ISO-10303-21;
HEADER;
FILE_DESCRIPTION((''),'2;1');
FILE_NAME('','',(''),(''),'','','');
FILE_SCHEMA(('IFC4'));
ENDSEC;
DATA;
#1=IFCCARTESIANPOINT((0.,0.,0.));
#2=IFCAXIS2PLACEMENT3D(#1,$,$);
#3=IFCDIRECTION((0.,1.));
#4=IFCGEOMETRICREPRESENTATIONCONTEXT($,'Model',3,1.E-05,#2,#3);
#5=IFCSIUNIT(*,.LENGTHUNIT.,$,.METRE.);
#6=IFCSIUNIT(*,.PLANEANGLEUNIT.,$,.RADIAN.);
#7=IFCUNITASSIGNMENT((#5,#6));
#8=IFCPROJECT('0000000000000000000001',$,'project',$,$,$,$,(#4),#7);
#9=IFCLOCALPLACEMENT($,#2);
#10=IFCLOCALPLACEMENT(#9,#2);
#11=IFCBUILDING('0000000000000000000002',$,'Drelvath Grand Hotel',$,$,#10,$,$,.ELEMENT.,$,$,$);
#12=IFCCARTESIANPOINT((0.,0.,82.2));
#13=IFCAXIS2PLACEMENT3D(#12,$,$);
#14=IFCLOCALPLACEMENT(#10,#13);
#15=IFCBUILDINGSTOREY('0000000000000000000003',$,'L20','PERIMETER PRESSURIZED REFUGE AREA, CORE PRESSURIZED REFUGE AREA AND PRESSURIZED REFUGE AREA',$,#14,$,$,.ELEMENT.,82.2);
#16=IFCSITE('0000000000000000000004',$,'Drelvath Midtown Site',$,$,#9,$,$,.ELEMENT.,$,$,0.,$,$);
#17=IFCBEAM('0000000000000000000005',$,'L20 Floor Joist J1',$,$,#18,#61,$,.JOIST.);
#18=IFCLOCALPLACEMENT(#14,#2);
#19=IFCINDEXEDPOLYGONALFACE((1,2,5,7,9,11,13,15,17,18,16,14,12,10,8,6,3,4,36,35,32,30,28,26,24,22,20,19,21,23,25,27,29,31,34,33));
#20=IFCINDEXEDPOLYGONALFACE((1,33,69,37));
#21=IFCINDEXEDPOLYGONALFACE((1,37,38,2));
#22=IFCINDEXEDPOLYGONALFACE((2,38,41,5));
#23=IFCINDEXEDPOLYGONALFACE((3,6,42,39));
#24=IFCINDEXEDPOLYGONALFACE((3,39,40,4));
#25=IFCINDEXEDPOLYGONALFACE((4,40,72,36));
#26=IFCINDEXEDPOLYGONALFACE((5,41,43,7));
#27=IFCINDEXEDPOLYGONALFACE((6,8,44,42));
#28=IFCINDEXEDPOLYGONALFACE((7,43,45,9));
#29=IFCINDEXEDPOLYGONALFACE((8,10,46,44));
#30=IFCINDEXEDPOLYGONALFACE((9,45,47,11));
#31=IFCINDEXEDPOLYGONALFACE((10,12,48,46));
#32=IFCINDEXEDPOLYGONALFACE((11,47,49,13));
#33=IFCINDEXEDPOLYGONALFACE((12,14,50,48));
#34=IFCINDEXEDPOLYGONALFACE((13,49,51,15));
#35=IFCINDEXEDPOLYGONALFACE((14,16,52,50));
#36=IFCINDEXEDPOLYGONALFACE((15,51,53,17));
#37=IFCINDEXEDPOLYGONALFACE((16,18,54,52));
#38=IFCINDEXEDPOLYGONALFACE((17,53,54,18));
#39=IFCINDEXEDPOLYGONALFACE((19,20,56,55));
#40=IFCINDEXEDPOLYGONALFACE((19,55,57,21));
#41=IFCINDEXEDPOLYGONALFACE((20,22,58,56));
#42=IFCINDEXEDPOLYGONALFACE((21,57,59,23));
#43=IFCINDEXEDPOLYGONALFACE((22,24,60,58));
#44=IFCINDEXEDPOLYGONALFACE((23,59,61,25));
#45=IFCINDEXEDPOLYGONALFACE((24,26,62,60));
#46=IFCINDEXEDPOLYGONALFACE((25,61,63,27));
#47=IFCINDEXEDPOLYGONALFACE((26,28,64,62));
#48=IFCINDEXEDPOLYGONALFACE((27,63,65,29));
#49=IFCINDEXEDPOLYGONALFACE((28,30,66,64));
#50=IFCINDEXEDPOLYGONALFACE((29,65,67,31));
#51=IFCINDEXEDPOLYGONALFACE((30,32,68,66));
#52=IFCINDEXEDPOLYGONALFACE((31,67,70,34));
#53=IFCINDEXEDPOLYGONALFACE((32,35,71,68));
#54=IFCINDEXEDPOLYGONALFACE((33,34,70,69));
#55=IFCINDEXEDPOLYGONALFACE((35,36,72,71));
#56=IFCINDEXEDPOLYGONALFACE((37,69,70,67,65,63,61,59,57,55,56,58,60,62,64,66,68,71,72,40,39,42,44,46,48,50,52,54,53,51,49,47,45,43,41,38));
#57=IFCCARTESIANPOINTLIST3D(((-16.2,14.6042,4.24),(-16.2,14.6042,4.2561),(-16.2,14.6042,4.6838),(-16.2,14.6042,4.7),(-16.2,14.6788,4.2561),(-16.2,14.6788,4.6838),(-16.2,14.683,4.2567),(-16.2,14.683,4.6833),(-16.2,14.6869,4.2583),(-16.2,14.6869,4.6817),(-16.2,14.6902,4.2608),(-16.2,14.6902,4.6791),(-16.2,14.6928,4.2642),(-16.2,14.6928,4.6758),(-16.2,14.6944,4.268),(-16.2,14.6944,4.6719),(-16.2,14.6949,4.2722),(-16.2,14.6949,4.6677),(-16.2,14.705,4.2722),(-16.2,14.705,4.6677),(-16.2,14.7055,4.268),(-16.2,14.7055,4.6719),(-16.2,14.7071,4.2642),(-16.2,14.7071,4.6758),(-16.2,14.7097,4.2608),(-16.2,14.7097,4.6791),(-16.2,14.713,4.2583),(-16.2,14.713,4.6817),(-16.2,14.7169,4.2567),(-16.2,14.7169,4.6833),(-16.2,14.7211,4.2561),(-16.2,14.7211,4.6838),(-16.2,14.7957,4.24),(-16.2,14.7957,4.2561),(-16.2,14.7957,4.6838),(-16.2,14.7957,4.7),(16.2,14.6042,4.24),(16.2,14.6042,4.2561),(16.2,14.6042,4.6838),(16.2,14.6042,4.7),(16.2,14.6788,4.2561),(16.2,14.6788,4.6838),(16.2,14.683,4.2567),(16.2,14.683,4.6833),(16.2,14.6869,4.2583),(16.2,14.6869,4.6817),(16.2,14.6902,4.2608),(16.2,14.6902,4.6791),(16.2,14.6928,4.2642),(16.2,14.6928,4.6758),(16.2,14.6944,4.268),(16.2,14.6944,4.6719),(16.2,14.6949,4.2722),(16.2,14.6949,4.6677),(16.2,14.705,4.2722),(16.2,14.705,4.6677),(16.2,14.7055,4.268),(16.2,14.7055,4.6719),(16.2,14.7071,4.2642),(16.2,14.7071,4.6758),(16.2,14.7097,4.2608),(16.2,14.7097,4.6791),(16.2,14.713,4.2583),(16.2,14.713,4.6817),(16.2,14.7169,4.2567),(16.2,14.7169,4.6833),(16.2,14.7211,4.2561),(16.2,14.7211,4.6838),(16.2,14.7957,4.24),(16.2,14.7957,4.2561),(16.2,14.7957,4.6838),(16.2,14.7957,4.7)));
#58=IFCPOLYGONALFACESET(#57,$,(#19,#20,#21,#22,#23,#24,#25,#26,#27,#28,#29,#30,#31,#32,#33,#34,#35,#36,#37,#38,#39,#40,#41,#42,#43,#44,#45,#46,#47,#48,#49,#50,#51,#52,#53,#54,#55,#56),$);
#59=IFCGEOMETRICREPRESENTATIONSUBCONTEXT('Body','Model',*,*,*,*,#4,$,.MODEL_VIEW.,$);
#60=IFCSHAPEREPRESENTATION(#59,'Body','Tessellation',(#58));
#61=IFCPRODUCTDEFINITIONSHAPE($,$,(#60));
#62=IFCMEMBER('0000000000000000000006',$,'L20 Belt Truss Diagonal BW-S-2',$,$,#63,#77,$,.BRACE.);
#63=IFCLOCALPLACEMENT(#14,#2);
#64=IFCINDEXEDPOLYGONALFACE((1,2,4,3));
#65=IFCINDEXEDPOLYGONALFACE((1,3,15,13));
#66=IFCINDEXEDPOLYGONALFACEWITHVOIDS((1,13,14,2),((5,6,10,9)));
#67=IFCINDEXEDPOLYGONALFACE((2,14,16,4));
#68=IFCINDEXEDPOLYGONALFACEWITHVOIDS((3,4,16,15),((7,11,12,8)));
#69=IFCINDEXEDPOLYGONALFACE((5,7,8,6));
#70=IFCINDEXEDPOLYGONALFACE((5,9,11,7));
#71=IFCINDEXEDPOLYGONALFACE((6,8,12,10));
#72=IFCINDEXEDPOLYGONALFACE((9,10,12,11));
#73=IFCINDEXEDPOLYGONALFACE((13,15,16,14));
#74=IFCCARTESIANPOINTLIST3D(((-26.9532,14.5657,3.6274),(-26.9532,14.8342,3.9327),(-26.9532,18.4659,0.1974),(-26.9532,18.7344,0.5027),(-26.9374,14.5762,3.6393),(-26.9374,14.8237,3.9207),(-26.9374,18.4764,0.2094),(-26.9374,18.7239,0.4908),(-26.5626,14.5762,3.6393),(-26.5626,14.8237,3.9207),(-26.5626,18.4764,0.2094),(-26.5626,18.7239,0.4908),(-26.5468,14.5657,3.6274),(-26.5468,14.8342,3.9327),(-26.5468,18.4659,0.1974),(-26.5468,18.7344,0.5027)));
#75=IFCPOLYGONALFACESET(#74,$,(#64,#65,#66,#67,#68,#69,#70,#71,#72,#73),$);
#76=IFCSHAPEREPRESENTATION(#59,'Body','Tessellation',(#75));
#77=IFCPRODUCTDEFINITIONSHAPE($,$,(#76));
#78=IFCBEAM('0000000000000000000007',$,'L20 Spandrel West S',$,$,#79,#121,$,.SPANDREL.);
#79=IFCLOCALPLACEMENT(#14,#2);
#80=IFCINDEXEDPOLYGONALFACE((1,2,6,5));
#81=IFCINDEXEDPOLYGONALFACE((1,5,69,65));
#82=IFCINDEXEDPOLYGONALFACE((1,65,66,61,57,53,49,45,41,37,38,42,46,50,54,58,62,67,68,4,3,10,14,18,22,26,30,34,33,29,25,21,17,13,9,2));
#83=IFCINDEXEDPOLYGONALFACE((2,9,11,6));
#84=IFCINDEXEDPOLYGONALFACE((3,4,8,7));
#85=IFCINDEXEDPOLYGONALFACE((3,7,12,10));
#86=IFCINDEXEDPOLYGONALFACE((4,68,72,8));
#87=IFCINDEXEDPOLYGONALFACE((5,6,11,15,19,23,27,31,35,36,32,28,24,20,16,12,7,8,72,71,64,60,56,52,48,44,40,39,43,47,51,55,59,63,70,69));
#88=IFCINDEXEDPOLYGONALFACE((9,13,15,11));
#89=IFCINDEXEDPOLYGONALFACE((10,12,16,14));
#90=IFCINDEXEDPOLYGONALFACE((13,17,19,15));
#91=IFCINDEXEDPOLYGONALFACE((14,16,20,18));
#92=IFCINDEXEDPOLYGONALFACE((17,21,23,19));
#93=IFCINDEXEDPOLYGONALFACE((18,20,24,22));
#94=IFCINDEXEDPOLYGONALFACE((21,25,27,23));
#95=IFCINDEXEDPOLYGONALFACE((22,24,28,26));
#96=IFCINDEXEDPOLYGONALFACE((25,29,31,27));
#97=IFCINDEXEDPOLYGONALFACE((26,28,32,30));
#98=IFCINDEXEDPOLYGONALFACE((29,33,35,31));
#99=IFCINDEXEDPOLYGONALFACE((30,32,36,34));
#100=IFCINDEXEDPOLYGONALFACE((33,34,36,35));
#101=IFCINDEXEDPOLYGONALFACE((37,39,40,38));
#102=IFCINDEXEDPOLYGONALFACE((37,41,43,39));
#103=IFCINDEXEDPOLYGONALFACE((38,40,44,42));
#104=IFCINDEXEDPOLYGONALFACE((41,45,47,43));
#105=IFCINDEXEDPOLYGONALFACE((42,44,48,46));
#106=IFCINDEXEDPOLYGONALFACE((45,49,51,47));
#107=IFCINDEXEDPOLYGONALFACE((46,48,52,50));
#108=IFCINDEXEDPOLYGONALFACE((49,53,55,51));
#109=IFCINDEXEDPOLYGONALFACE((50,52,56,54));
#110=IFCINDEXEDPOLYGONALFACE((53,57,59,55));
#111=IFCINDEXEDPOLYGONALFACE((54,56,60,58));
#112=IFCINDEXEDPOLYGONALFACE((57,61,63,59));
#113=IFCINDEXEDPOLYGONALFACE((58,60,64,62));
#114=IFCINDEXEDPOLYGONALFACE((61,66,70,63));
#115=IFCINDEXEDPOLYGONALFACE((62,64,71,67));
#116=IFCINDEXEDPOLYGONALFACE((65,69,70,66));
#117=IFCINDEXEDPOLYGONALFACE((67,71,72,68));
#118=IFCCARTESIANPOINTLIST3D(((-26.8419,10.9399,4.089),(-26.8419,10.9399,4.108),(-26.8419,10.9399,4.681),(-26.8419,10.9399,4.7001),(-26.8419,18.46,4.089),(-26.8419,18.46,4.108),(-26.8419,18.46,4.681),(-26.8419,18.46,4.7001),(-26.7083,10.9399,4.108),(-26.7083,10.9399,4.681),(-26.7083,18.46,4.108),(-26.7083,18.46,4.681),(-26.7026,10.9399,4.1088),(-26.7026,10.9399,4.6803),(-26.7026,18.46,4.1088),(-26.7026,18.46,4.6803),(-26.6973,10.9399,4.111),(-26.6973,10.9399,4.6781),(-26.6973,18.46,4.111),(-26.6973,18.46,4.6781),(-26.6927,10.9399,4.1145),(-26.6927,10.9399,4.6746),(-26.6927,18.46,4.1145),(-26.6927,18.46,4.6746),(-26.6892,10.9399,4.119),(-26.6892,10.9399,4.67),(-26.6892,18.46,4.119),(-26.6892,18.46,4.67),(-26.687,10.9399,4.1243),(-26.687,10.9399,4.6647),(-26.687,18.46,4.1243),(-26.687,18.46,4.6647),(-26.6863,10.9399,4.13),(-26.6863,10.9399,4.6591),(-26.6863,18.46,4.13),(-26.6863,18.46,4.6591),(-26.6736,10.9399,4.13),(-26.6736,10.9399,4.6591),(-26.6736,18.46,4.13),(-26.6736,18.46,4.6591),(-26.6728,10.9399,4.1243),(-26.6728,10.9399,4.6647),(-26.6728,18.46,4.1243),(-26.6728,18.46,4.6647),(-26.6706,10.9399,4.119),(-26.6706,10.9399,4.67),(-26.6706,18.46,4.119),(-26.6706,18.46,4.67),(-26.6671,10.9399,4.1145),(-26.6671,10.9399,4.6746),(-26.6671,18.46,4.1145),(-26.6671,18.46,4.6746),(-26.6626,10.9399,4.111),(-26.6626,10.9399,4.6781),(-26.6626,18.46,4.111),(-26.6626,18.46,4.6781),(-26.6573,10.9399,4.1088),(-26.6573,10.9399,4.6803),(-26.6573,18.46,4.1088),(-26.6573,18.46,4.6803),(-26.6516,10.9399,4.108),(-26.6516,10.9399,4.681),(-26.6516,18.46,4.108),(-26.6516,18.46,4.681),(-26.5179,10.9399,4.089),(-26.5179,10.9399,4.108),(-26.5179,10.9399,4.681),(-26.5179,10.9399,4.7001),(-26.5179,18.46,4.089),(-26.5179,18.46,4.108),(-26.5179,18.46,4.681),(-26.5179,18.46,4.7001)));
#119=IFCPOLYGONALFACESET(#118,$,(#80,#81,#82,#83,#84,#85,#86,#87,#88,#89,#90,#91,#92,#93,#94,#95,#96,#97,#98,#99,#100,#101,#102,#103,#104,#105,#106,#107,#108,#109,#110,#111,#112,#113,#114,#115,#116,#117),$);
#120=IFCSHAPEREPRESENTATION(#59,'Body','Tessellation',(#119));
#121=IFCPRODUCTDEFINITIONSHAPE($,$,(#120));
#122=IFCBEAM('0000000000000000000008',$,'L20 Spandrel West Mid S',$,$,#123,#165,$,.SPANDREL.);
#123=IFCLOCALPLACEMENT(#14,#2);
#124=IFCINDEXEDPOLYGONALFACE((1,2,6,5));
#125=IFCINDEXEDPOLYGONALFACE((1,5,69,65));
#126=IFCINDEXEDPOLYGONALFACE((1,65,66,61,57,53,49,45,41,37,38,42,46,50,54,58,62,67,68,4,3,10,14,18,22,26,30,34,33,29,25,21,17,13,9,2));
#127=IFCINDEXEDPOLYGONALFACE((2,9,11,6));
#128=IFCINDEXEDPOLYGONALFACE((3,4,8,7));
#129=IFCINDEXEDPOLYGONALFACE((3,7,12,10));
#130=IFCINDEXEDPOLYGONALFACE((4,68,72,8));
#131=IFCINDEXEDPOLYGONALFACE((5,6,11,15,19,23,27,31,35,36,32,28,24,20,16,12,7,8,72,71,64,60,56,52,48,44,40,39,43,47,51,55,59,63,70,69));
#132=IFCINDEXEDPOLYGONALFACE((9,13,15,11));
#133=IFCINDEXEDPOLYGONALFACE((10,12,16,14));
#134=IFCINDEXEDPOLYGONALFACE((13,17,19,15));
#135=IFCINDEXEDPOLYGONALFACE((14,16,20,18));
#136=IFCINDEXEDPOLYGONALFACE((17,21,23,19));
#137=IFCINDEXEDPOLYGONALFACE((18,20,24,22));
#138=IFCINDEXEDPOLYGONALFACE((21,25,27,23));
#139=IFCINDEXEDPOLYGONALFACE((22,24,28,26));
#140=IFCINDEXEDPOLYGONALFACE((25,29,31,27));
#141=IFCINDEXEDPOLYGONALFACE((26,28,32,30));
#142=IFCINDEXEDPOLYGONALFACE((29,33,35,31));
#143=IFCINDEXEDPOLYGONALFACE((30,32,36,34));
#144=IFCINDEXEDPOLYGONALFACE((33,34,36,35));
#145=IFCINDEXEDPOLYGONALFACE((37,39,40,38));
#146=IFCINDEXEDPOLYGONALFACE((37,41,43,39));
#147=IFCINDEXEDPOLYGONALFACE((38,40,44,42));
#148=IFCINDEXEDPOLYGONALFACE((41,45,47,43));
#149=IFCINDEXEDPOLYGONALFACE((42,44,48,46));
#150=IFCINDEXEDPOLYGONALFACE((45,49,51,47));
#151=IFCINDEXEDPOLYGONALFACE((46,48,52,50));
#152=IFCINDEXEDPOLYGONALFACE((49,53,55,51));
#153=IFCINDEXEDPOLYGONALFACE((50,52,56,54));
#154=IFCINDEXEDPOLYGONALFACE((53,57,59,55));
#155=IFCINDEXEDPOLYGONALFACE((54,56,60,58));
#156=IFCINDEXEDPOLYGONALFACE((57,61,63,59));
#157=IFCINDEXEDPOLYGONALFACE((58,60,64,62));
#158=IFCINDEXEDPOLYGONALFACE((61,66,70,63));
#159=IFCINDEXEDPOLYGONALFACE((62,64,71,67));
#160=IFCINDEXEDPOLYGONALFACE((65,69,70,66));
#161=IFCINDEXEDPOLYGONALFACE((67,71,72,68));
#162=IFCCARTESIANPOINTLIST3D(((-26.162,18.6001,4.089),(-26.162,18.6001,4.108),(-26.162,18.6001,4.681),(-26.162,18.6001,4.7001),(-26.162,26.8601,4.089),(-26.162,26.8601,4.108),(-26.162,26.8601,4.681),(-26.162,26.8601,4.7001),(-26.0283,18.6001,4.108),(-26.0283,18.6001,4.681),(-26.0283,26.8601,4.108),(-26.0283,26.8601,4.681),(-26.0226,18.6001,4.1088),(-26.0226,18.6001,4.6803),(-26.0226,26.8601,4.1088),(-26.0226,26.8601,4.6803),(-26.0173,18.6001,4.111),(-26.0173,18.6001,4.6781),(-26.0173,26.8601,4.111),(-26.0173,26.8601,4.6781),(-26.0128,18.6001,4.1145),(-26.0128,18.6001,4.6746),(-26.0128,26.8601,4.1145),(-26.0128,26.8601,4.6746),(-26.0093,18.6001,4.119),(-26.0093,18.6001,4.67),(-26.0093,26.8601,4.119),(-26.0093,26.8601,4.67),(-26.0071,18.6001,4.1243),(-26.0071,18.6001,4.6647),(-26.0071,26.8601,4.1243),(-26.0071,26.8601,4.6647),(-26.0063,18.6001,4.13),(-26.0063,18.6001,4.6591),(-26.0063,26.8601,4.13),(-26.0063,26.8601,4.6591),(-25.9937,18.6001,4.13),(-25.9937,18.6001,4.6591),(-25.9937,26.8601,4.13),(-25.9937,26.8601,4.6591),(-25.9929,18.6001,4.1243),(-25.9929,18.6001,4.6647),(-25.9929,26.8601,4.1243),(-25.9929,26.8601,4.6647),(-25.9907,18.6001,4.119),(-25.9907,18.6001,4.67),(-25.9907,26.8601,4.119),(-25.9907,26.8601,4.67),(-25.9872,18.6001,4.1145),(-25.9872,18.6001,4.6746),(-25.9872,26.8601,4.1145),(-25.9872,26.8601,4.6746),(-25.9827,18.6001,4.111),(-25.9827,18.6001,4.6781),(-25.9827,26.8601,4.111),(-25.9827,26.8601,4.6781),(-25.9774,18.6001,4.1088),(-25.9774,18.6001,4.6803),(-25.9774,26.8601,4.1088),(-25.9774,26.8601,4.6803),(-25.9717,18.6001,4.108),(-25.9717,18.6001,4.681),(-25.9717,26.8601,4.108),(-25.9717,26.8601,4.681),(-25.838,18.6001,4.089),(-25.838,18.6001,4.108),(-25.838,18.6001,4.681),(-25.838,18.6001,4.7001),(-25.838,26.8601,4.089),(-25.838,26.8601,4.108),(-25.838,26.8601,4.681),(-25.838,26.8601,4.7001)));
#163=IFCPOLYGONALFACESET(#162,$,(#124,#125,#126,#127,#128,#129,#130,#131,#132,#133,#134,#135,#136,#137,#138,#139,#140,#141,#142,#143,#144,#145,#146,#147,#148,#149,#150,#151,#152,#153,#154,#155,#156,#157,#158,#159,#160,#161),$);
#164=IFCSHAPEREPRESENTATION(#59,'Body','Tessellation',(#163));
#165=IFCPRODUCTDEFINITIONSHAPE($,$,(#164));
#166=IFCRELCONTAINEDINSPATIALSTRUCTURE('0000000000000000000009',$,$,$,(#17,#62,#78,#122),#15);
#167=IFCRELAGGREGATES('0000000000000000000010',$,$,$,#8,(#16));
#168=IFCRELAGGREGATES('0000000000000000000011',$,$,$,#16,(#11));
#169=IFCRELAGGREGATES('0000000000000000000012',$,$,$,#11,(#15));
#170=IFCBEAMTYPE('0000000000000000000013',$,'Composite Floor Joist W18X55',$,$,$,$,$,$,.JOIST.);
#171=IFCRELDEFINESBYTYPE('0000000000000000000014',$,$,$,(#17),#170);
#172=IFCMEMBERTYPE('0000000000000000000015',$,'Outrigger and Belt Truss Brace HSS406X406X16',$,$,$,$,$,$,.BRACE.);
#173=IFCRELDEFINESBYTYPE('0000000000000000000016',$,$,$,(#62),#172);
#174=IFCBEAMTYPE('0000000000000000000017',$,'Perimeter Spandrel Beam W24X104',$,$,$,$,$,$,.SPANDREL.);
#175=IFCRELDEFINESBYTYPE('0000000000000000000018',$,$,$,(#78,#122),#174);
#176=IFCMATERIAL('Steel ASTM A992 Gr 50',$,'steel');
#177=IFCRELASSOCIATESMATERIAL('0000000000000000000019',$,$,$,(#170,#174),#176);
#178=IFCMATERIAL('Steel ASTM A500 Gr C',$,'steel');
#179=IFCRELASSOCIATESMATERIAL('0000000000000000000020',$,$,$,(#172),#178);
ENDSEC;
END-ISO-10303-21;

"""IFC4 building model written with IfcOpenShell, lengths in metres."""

from ifc_helpers import new_model, si_unit, direction, frame, origin, origin_2d, place, context, subcontext, project, spatial, hollow_rectangle, i_section, extrude, material, material_profile, profile_set, type_object, element, save


model = new_model("IFC4")

# Units and contexts
model_context = context("Model", 3, precision=1e-05, world=origin(), true_north=direction((0.0, 1.0)))
body_context = subcontext(model_context, "Body", "Model", "MODEL_VIEW")
ifc_project = project(units=[si_unit("LENGTHUNIT", "METRE"), si_unit("PLANEANGLEUNIT", "RADIAN")], contexts=[model_context])

# Site, building, storey
site_placement = place(None, origin())
site = spatial("IfcSite", under=ifc_project, at=site_placement, Name="Drelvath Midtown Site", CompositionType="ELEMENT", RefElevation=0.0)
building_placement = place(site_placement, origin())
building = spatial("IfcBuilding", under=site, at=building_placement, Name="Drelvath Grand Hotel", CompositionType="ELEMENT")
storey_placement = place(building_placement, frame((0.0, 0.0, 82.2)))
storey = spatial("IfcBuildingStorey", under=building, at=storey_placement, Name="L20", Description="PERIMETER PRESSURIZED REFUGE AREA, CORE PRESSURIZED REFUGE AREA AND PRESSURIZED REFUGE AREA", CompositionType="ELEMENT", Elevation=82.2)

# Beam
ifc_material_1 = material(Name="Steel ASTM A992 Gr 50", Category="steel")
ifc_material_profile_1 = material_profile(ifc_material_1, i_section(OverallWidth=0.1914, OverallDepth=0.46, WebThickness=0.01, FlangeThickness=0.0161, FilletRadius=0.0161, at=origin_2d()), Name="W18X55")
ifc_profile_set_1 = profile_set([ifc_material_profile_1], Name="Steel ASTM A992 Gr 50")
beam_type_1 = type_object("IfcBeamType", Name="Composite Floor Joist W18X55", PredefinedType="JOIST", material=ifc_profile_set_1)
beam_1_placement = place(storey_placement, frame((-16.2, 14.7, 4.47), z_axis=(1.0, 0.0, 0.0), x_axis=(0.0, 1.0, 0.0)))
element("IfcBeam", 1, at=beam_1_placement, inside=storey, type_object=beam_type_1, Name="L20 Floor Joist J1", PredefinedType="JOIST", context=body_context, shape_type="SweptSolid", body=[
    extrude(i_section(OverallWidth=0.1914, OverallDepth=0.46, WebThickness=0.01, FlangeThickness=0.0161, FilletRadius=0.0161, at=origin_2d()), origin(), (0.0, 0.0, 1.0), 32.3999),
])

# Member
ifc_material_2 = material(Name="Steel ASTM A500 Gr C", Category="steel")
ifc_material_profile_2 = material_profile(ifc_material_2, hollow_rectangle(XDim=0.4065, YDim=0.4065, WallThickness=0.0159, at=origin_2d()), Name="HSS406X406X16")
ifc_profile_set_2 = profile_set([ifc_material_profile_2], Name="Steel ASTM A500 Gr C")
member_type = type_object("IfcMemberType", Name="Outrigger and Belt Truss Brace HSS406X406X16", PredefinedType="BRACE", material=ifc_profile_set_2)
member_placement = place(storey_placement, frame((-26.75, 14.7, 3.78), z_axis=(0.0, 0.750923, -0.660389), x_axis=(-1.0, 0.0, 0.0)))
element("IfcMember", 2, at=member_placement, inside=storey, type_object=member_type, Name="L20 Belt Truss Diagonal BW-S-2", PredefinedType="BRACE", context=body_context, shape_type="SweptSolid", body=[
    extrude(hollow_rectangle(XDim=0.4065, YDim=0.4065, WallThickness=0.0159, at=origin_2d()), origin(), (0.0, 0.0, 1.0), 5.1938),
])

# Beams
ifc_material_profile_3 = material_profile(ifc_material_1, i_section(OverallWidth=0.324, OverallDepth=0.6111, WebThickness=0.0127, FlangeThickness=0.019, FilletRadius=0.022, at=origin_2d()), Name="W24X104")
ifc_profile_set_3 = profile_set([ifc_material_profile_3], Name="Steel ASTM A992 Gr 50")
beam_type_2 = type_object("IfcBeamType", Name="Perimeter Spandrel Beam W24X104", PredefinedType="SPANDREL", material=ifc_profile_set_3)
beam_2_placement = place(storey_placement, frame((-26.6799, 10.9399, 4.3945), z_axis=(0.0, 1.0, 0.0), x_axis=(-1.0, 0.0, 0.0)))
element("IfcBeam", 3, at=beam_2_placement, inside=storey, type_object=beam_type_2, Name="L20 Spandrel West S", PredefinedType="SPANDREL", context=body_context, shape_type="SweptSolid", body=[
    extrude(i_section(OverallWidth=0.324, OverallDepth=0.6111, WebThickness=0.0127, FlangeThickness=0.019, FilletRadius=0.022, at=origin_2d()), origin(), (0.0, 0.0, 1.0), 7.52),
])
beam_3_placement = place(storey_placement, frame((-26.0, 18.6001, 4.3945), z_axis=(0.0, 1.0, 0.0), x_axis=(-1.0, 0.0, 0.0)))
element("IfcBeam", 4, at=beam_3_placement, inside=storey, type_object=beam_type_2, Name="L20 Spandrel West Mid S", PredefinedType="SPANDREL", context=body_context, shape_type="SweptSolid", body=[
    extrude(i_section(OverallWidth=0.324, OverallDepth=0.6111, WebThickness=0.0127, FlangeThickness=0.019, FilletRadius=0.022, at=origin_2d()), origin(), (0.0, 0.0, 1.0), 8.26),
])

save(model, "model.ifc")
